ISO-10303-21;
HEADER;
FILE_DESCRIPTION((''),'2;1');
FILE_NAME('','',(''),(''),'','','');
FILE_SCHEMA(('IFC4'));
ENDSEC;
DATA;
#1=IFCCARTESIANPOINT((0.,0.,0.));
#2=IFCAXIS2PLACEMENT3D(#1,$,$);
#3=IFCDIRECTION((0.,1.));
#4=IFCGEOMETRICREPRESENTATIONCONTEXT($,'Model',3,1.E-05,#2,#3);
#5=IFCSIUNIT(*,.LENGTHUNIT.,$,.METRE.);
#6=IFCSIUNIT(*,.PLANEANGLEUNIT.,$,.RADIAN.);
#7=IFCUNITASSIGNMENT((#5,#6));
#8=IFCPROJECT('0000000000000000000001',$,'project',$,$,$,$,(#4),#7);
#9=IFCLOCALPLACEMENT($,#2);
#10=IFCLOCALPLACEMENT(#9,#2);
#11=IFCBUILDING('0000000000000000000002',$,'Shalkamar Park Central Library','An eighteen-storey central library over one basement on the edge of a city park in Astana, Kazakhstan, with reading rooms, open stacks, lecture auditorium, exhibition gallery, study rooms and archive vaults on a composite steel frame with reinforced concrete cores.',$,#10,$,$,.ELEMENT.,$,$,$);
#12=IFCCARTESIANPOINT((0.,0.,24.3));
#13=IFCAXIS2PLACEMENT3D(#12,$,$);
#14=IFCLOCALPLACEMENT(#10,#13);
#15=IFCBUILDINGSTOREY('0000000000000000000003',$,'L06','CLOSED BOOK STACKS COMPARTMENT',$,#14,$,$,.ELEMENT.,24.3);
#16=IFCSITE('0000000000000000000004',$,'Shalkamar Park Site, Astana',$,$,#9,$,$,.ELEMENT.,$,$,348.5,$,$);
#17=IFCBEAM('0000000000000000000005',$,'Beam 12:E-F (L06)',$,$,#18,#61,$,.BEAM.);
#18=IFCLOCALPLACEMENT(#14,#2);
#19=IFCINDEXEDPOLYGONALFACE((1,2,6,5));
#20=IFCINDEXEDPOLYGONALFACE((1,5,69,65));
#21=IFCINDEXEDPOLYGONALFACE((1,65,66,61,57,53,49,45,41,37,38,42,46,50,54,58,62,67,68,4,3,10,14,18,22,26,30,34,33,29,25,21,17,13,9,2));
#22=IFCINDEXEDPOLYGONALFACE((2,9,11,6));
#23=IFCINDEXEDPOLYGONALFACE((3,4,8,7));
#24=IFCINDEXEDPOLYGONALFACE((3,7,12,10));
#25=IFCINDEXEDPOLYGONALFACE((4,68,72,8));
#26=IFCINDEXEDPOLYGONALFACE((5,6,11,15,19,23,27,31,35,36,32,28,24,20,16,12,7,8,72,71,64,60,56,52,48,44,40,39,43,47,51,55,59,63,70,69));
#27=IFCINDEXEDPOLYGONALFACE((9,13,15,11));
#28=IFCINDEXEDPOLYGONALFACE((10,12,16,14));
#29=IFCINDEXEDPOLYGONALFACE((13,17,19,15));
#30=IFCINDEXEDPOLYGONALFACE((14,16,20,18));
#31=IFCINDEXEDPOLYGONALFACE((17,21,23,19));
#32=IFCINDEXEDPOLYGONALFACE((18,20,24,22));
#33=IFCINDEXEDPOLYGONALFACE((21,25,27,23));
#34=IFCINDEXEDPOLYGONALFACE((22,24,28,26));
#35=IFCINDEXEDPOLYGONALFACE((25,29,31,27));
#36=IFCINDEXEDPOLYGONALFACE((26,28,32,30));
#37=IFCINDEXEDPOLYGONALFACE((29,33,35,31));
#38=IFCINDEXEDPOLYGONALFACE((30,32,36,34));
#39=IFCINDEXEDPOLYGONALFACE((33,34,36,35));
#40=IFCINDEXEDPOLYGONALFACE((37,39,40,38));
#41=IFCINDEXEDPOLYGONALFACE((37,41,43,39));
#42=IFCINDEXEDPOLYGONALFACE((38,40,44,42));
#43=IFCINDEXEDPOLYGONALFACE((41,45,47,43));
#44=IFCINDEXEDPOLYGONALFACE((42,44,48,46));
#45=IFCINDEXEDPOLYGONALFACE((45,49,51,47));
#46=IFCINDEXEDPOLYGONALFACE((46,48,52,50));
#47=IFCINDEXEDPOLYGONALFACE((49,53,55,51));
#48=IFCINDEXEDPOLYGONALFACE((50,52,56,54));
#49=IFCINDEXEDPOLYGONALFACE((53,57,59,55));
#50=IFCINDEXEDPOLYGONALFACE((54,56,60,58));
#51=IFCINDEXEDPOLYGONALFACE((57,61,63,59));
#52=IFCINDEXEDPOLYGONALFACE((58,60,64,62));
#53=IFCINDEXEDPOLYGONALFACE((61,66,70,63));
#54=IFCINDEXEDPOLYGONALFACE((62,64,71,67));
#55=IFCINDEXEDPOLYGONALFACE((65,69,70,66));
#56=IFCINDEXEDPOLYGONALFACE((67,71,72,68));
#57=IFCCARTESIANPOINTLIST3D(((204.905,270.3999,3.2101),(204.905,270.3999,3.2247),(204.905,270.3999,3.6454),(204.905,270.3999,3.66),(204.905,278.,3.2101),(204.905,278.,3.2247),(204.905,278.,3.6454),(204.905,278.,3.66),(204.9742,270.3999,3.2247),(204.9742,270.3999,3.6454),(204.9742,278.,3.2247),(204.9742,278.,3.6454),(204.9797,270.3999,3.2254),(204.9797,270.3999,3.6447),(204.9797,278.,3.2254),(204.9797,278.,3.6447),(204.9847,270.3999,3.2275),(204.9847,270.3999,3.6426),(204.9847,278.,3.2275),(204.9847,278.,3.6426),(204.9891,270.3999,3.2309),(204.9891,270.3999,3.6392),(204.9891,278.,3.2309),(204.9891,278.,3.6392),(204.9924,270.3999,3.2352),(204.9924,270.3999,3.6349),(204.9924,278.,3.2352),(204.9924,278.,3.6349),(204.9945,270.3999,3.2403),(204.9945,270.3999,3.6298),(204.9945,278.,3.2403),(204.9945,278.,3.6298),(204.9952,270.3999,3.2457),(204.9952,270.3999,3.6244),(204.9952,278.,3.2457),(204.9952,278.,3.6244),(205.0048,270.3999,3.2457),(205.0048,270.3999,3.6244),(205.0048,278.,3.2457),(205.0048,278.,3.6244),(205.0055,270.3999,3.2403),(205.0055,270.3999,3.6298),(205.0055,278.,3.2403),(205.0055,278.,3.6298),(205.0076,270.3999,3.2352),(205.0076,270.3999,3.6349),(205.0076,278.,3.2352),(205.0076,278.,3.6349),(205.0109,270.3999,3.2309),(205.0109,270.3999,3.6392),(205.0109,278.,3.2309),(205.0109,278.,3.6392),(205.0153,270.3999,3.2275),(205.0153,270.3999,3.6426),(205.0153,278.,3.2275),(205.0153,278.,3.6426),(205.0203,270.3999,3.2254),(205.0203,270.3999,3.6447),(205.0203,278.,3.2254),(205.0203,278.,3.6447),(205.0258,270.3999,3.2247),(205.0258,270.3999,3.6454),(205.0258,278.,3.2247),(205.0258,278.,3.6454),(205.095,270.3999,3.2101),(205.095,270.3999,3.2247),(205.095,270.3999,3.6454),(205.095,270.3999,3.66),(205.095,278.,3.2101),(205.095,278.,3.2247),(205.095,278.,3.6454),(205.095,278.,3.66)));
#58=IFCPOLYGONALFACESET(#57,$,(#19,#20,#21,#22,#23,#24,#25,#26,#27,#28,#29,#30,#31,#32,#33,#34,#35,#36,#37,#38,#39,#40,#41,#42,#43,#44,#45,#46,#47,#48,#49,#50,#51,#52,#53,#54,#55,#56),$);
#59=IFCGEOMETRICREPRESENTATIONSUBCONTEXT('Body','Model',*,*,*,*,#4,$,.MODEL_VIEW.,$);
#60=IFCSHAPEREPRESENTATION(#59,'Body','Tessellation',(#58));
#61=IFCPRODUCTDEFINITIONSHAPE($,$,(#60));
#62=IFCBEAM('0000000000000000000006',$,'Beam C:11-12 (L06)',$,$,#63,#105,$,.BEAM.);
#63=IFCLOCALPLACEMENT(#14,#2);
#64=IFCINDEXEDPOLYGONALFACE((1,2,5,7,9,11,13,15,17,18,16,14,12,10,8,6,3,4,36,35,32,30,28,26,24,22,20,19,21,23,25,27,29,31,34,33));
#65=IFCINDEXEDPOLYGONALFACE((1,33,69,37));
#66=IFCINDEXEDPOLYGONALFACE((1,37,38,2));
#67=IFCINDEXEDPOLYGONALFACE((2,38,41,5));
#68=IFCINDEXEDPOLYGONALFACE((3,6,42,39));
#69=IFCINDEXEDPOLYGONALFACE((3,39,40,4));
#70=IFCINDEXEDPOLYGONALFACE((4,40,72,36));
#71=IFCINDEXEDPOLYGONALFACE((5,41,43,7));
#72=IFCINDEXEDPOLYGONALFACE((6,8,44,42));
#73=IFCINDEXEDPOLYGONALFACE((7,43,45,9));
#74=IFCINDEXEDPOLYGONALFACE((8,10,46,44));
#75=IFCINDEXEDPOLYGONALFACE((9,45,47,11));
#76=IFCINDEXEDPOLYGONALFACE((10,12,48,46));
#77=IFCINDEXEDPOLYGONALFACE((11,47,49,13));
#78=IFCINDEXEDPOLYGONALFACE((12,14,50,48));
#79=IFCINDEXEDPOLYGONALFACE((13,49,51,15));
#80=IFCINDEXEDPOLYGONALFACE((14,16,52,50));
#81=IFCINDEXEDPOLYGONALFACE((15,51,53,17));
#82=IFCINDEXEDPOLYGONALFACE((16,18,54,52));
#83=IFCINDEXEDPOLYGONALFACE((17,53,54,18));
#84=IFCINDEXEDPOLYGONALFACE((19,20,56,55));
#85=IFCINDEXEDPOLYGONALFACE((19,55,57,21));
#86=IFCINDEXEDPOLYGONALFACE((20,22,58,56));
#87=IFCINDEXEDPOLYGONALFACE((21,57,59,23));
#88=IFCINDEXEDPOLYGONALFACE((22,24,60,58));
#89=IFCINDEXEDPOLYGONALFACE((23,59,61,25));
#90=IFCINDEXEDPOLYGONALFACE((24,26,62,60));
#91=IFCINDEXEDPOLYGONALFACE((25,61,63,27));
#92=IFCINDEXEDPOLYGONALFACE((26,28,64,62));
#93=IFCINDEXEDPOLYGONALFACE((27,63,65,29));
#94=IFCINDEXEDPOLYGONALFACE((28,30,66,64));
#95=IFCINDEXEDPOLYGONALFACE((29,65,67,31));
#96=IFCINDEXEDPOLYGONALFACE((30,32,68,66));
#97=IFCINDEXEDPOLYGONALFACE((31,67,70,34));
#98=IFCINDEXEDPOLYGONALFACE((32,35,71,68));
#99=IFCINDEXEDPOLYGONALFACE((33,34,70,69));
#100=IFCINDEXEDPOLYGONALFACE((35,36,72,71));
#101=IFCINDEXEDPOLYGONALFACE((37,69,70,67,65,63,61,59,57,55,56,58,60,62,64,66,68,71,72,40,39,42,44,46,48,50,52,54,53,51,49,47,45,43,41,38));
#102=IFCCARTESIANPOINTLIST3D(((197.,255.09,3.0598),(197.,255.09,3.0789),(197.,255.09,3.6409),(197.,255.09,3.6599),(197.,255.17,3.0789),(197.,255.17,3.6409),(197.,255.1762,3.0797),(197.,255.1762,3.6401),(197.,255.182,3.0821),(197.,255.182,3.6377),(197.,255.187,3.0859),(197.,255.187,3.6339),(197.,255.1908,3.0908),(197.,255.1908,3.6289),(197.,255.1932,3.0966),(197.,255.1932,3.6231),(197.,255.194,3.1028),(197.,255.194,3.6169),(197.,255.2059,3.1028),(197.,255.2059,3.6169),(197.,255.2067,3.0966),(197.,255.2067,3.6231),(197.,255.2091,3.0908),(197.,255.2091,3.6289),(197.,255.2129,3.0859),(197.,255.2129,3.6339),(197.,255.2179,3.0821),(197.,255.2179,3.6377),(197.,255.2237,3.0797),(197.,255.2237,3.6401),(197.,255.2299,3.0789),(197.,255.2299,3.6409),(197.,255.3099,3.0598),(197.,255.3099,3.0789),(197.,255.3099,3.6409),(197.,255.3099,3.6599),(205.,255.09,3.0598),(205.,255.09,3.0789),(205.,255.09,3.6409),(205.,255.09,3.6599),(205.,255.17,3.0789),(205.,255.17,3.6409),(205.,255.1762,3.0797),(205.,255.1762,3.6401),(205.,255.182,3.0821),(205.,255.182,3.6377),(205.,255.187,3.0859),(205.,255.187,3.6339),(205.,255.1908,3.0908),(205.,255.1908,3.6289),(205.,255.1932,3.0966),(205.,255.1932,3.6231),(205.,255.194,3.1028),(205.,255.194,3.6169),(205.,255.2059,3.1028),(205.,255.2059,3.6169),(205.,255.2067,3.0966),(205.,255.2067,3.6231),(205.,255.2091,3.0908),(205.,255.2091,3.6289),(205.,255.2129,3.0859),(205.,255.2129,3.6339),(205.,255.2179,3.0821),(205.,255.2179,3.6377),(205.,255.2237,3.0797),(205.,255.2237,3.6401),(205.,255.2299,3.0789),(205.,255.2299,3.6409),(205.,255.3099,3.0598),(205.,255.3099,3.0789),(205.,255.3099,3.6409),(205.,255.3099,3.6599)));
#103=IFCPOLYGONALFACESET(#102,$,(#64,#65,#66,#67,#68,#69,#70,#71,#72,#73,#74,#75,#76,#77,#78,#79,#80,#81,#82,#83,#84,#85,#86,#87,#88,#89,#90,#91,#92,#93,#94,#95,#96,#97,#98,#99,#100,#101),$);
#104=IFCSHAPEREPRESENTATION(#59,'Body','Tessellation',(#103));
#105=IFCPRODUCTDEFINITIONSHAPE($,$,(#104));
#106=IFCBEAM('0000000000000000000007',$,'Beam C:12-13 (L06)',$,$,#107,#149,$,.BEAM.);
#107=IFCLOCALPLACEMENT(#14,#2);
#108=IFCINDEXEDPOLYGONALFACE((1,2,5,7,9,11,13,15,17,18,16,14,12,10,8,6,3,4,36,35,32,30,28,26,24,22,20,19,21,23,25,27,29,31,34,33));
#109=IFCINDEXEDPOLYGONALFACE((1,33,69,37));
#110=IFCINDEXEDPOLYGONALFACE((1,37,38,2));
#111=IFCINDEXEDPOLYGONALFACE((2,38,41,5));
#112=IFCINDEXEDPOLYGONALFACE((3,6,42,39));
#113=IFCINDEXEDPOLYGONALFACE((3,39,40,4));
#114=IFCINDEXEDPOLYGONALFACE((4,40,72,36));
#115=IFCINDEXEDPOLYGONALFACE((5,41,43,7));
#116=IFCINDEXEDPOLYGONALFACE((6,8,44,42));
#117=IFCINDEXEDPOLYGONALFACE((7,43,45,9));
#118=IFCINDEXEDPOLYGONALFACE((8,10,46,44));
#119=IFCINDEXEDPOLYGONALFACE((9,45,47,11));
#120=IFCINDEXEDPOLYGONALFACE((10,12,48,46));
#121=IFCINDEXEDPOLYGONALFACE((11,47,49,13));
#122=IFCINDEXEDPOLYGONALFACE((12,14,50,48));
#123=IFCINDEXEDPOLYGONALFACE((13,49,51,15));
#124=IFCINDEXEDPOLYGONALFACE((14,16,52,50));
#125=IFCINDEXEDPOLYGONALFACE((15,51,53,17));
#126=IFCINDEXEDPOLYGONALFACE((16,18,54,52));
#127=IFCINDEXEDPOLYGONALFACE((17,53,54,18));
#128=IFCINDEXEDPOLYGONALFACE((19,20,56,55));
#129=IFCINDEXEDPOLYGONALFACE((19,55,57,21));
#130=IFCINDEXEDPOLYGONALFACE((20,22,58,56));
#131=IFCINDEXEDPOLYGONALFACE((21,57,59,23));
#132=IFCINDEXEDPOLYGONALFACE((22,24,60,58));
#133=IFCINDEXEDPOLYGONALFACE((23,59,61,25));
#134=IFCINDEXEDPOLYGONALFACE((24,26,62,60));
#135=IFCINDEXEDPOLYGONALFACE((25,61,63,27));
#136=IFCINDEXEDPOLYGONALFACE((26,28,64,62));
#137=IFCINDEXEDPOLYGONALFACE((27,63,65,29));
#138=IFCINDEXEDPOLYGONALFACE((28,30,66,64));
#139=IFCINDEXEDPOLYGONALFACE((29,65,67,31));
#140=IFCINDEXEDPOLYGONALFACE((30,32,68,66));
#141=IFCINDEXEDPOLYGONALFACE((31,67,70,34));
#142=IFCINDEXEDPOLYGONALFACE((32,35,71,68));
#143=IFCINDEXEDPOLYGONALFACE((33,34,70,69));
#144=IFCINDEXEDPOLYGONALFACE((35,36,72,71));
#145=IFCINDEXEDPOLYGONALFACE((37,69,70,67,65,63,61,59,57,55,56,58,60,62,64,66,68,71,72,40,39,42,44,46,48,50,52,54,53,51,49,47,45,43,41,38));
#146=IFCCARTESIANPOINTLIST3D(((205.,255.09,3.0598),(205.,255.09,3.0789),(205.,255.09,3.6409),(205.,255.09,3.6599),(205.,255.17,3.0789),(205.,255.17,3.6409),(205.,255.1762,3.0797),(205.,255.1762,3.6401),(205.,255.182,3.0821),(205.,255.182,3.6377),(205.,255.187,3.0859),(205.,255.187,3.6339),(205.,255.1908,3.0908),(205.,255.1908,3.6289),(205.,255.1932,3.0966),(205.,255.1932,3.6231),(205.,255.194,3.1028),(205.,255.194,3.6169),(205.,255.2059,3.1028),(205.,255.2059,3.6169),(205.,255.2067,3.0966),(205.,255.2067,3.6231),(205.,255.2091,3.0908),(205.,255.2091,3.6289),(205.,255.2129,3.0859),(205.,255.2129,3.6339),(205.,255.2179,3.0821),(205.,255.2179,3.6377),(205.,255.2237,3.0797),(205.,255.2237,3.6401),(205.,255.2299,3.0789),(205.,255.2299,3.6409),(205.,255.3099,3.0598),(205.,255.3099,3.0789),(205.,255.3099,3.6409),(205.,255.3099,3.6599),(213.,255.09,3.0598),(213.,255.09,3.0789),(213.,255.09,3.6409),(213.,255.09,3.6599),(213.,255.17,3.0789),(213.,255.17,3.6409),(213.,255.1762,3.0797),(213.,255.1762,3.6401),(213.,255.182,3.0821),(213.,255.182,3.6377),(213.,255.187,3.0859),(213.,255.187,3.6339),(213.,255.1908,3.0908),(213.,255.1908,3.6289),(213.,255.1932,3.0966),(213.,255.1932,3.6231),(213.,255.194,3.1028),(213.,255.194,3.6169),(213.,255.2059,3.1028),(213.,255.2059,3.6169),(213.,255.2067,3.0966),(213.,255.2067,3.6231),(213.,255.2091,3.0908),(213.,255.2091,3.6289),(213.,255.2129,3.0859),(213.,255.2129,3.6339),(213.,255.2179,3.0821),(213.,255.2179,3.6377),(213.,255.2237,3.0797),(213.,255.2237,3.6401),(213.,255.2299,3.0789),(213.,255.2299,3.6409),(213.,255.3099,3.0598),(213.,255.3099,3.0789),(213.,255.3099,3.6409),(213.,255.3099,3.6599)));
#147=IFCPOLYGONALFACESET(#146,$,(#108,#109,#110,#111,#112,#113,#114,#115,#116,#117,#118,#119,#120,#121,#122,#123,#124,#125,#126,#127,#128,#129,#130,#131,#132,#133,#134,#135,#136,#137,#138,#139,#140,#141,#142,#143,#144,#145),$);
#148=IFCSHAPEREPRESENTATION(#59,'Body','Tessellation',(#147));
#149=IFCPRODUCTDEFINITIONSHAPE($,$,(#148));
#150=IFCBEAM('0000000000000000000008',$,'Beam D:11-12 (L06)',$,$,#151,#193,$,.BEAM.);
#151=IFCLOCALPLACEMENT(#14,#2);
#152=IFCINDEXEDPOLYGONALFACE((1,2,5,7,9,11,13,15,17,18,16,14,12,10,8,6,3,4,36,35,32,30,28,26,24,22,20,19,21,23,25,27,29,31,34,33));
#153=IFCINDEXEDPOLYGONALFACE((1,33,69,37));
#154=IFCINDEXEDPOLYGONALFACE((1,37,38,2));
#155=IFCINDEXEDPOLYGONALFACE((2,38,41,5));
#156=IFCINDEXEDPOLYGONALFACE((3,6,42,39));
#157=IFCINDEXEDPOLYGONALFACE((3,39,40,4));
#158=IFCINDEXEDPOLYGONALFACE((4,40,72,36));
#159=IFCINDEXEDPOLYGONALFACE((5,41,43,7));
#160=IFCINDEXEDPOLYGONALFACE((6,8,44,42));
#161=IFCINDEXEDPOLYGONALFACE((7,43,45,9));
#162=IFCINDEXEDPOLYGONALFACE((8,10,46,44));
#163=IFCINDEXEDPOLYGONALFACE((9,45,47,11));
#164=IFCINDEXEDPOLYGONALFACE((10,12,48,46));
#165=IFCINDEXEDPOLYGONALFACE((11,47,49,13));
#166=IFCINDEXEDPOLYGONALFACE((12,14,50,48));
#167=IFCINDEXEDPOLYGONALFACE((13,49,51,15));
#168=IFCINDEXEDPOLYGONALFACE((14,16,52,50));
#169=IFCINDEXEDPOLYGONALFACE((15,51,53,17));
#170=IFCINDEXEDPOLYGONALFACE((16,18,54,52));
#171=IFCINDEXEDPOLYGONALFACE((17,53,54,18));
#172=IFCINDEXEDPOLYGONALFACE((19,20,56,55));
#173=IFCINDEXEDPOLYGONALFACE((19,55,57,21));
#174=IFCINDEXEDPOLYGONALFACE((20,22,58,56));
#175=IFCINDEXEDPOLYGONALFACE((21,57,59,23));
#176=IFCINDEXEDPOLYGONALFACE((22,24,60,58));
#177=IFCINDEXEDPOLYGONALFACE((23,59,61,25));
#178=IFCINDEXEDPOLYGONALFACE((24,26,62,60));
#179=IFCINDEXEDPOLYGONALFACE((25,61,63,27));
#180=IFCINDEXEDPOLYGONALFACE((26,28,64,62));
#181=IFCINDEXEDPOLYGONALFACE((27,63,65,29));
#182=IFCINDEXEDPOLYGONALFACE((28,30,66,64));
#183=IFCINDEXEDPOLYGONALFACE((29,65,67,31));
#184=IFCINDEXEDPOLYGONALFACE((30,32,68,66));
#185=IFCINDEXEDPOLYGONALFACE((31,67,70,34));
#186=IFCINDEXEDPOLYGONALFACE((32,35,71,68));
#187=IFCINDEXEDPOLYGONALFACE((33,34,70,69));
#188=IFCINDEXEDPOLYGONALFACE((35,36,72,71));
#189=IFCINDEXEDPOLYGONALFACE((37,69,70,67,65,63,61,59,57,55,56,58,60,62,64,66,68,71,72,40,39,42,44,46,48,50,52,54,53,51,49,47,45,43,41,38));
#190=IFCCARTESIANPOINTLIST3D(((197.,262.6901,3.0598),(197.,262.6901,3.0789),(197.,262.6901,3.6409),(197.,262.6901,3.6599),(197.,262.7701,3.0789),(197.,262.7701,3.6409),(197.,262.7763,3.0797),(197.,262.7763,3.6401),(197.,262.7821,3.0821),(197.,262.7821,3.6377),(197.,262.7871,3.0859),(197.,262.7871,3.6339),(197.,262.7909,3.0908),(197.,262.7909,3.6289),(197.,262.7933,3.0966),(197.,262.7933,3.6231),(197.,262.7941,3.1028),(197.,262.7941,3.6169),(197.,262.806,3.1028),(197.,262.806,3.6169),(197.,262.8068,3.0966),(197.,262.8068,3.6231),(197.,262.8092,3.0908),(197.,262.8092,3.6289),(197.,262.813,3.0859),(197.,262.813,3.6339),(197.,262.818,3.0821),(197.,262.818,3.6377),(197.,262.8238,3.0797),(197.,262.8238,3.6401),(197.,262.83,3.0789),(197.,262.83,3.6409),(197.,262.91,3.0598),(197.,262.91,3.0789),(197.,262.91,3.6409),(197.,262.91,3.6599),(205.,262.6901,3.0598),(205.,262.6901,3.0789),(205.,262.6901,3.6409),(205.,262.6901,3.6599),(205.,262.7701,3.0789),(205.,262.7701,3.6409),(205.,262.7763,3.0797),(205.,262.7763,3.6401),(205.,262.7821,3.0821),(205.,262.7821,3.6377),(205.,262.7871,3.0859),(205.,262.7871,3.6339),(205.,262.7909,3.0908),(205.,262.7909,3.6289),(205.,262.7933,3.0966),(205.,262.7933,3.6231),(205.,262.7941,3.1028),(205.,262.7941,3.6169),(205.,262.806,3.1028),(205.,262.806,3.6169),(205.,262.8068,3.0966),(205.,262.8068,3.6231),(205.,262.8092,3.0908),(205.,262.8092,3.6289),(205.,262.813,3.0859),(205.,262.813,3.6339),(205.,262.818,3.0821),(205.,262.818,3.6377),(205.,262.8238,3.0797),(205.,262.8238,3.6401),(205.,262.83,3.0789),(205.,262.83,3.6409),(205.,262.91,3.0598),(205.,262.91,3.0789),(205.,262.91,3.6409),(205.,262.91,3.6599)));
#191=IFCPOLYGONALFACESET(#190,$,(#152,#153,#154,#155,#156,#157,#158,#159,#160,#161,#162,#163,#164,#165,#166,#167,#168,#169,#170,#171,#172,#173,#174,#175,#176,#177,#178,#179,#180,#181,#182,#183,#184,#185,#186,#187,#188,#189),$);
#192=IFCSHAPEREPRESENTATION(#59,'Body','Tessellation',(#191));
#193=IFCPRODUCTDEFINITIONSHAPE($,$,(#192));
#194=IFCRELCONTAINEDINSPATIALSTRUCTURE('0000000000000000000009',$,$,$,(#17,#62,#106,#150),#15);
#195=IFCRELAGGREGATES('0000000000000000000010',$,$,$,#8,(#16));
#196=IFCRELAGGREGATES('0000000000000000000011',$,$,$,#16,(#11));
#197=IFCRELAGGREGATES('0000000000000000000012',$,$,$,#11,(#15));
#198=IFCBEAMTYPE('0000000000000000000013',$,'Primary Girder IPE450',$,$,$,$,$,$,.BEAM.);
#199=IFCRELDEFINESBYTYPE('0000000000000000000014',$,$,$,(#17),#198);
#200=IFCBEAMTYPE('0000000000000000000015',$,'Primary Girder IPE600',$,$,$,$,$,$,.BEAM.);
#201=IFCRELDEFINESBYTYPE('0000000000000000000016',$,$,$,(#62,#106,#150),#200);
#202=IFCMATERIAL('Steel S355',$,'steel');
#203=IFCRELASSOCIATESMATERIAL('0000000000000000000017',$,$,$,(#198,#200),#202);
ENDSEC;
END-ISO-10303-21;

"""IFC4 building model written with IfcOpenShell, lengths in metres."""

from ifc_helpers import new_model, si_unit, direction, frame, origin, origin_2d, place, context, subcontext, project, spatial, i_section, extrude, material, material_profile, profile_set, type_object, element, save


model = new_model("IFC4")

# Units and contexts
model_context = context("Model", 3, precision=1e-05, world=origin(), true_north=direction((0.0, 1.0)))
body_context = subcontext(model_context, "Body", "Model", "MODEL_VIEW")
ifc_project = project(units=[si_unit("LENGTHUNIT", "METRE"), si_unit("PLANEANGLEUNIT", "RADIAN")], contexts=[model_context])

# Site, building, storey
site_placement = place(None, origin())
site = spatial("IfcSite", under=ifc_project, at=site_placement, Name="Shalkamar Park Site, Astana", CompositionType="ELEMENT", RefElevation=348.5)
building_placement = place(site_placement, origin())
building = spatial("IfcBuilding", under=site, at=building_placement, Name="Shalkamar Park Central Library", Description="An eighteen-storey central library over one basement on the edge of a city park in Astana, Kazakhstan, with reading rooms, open stacks, lecture auditorium, exhibition gallery, study rooms and archive vaults on a composite steel frame with reinforced concrete cores.", CompositionType="ELEMENT")
storey_placement = place(building_placement, frame((0.0, 0.0, 24.3)))
storey = spatial("IfcBuildingStorey", under=building, at=storey_placement, Name="L06", Description="CLOSED BOOK STACKS COMPARTMENT", CompositionType="ELEMENT", Elevation=24.3)

# Shared definitions
ifc_material_1 = material(Name="Steel S355", Category="steel")

# Beams
ifc_material_profile_1 = material_profile(ifc_material_1, i_section(OverallWidth=0.1899, OverallDepth=0.45, WebThickness=0.0095, FlangeThickness=0.0146, FilletRadius=0.021, at=origin_2d()), Name="IPE 450")
ifc_profile_set_1 = profile_set([ifc_material_profile_1], Name="Steel S355")
beam_type_1 = type_object("IfcBeamType", Name="Primary Girder IPE450", PredefinedType="BEAM", material=ifc_profile_set_1)
beam_1_placement = place(storey_placement, frame((205.0, 270.3999, 3.4351), z_axis=(0.0, 1.0, 0.0), x_axis=(-1.0, 0.0, 0.0)))
element("IfcBeam", 1, at=beam_1_placement, inside=storey, type_object=beam_type_1, Name="Beam 12:E-F (L06)", PredefinedType="BEAM", context=body_context, shape_type="SweptSolid", body=[
    extrude(i_section(OverallWidth=0.1899, OverallDepth=0.45, WebThickness=0.0095, FlangeThickness=0.0146, FilletRadius=0.021, at=origin_2d()), origin(), (0.0, 0.0, 1.0), 7.6001),
])
ifc_material_profile_2 = material_profile(ifc_material_1, i_section(OverallWidth=0.22, OverallDepth=0.6001, WebThickness=0.012, FlangeThickness=0.019, FilletRadius=0.0239, at=origin_2d()), Name="IPE 600")
ifc_profile_set_2 = profile_set([ifc_material_profile_2], Name="Steel S355")
beam_type_2 = type_object("IfcBeamType", Name="Primary Girder IPE600", PredefinedType="BEAM", material=ifc_profile_set_2)
for number, where, z_axis, x_axis, name in (
    (2, (197.0, 255.2, 3.3599), (1.0, 0.0, 0.0), (0.0, 1.0, 0.0), "Beam C:11-12 (L06)"),
    (3, (205.0, 255.2, 3.3599), (1.0, 0.0, 0.0), (0.0, 1.0, 0.0), "Beam C:12-13 (L06)"),
    (4, (197.0, 262.8, 3.3599), (1.0, 0.0, 0.0), (0.0, 1.0, 0.0), "Beam D:11-12 (L06)"),
):
    element("IfcBeam", number, at=place(storey_placement, frame(where, z_axis=z_axis, x_axis=x_axis)), inside=storey, type_object=beam_type_2, Name=name, PredefinedType="BEAM", context=body_context, shape_type="SweptSolid", body=[
        extrude(i_section(OverallWidth=0.22, OverallDepth=0.6001, WebThickness=0.012, FlangeThickness=0.019, FilletRadius=0.0239, at=origin_2d()), origin(), (0.0, 0.0, 1.0), 8.0),
    ])

save(model, "model.ifc")
